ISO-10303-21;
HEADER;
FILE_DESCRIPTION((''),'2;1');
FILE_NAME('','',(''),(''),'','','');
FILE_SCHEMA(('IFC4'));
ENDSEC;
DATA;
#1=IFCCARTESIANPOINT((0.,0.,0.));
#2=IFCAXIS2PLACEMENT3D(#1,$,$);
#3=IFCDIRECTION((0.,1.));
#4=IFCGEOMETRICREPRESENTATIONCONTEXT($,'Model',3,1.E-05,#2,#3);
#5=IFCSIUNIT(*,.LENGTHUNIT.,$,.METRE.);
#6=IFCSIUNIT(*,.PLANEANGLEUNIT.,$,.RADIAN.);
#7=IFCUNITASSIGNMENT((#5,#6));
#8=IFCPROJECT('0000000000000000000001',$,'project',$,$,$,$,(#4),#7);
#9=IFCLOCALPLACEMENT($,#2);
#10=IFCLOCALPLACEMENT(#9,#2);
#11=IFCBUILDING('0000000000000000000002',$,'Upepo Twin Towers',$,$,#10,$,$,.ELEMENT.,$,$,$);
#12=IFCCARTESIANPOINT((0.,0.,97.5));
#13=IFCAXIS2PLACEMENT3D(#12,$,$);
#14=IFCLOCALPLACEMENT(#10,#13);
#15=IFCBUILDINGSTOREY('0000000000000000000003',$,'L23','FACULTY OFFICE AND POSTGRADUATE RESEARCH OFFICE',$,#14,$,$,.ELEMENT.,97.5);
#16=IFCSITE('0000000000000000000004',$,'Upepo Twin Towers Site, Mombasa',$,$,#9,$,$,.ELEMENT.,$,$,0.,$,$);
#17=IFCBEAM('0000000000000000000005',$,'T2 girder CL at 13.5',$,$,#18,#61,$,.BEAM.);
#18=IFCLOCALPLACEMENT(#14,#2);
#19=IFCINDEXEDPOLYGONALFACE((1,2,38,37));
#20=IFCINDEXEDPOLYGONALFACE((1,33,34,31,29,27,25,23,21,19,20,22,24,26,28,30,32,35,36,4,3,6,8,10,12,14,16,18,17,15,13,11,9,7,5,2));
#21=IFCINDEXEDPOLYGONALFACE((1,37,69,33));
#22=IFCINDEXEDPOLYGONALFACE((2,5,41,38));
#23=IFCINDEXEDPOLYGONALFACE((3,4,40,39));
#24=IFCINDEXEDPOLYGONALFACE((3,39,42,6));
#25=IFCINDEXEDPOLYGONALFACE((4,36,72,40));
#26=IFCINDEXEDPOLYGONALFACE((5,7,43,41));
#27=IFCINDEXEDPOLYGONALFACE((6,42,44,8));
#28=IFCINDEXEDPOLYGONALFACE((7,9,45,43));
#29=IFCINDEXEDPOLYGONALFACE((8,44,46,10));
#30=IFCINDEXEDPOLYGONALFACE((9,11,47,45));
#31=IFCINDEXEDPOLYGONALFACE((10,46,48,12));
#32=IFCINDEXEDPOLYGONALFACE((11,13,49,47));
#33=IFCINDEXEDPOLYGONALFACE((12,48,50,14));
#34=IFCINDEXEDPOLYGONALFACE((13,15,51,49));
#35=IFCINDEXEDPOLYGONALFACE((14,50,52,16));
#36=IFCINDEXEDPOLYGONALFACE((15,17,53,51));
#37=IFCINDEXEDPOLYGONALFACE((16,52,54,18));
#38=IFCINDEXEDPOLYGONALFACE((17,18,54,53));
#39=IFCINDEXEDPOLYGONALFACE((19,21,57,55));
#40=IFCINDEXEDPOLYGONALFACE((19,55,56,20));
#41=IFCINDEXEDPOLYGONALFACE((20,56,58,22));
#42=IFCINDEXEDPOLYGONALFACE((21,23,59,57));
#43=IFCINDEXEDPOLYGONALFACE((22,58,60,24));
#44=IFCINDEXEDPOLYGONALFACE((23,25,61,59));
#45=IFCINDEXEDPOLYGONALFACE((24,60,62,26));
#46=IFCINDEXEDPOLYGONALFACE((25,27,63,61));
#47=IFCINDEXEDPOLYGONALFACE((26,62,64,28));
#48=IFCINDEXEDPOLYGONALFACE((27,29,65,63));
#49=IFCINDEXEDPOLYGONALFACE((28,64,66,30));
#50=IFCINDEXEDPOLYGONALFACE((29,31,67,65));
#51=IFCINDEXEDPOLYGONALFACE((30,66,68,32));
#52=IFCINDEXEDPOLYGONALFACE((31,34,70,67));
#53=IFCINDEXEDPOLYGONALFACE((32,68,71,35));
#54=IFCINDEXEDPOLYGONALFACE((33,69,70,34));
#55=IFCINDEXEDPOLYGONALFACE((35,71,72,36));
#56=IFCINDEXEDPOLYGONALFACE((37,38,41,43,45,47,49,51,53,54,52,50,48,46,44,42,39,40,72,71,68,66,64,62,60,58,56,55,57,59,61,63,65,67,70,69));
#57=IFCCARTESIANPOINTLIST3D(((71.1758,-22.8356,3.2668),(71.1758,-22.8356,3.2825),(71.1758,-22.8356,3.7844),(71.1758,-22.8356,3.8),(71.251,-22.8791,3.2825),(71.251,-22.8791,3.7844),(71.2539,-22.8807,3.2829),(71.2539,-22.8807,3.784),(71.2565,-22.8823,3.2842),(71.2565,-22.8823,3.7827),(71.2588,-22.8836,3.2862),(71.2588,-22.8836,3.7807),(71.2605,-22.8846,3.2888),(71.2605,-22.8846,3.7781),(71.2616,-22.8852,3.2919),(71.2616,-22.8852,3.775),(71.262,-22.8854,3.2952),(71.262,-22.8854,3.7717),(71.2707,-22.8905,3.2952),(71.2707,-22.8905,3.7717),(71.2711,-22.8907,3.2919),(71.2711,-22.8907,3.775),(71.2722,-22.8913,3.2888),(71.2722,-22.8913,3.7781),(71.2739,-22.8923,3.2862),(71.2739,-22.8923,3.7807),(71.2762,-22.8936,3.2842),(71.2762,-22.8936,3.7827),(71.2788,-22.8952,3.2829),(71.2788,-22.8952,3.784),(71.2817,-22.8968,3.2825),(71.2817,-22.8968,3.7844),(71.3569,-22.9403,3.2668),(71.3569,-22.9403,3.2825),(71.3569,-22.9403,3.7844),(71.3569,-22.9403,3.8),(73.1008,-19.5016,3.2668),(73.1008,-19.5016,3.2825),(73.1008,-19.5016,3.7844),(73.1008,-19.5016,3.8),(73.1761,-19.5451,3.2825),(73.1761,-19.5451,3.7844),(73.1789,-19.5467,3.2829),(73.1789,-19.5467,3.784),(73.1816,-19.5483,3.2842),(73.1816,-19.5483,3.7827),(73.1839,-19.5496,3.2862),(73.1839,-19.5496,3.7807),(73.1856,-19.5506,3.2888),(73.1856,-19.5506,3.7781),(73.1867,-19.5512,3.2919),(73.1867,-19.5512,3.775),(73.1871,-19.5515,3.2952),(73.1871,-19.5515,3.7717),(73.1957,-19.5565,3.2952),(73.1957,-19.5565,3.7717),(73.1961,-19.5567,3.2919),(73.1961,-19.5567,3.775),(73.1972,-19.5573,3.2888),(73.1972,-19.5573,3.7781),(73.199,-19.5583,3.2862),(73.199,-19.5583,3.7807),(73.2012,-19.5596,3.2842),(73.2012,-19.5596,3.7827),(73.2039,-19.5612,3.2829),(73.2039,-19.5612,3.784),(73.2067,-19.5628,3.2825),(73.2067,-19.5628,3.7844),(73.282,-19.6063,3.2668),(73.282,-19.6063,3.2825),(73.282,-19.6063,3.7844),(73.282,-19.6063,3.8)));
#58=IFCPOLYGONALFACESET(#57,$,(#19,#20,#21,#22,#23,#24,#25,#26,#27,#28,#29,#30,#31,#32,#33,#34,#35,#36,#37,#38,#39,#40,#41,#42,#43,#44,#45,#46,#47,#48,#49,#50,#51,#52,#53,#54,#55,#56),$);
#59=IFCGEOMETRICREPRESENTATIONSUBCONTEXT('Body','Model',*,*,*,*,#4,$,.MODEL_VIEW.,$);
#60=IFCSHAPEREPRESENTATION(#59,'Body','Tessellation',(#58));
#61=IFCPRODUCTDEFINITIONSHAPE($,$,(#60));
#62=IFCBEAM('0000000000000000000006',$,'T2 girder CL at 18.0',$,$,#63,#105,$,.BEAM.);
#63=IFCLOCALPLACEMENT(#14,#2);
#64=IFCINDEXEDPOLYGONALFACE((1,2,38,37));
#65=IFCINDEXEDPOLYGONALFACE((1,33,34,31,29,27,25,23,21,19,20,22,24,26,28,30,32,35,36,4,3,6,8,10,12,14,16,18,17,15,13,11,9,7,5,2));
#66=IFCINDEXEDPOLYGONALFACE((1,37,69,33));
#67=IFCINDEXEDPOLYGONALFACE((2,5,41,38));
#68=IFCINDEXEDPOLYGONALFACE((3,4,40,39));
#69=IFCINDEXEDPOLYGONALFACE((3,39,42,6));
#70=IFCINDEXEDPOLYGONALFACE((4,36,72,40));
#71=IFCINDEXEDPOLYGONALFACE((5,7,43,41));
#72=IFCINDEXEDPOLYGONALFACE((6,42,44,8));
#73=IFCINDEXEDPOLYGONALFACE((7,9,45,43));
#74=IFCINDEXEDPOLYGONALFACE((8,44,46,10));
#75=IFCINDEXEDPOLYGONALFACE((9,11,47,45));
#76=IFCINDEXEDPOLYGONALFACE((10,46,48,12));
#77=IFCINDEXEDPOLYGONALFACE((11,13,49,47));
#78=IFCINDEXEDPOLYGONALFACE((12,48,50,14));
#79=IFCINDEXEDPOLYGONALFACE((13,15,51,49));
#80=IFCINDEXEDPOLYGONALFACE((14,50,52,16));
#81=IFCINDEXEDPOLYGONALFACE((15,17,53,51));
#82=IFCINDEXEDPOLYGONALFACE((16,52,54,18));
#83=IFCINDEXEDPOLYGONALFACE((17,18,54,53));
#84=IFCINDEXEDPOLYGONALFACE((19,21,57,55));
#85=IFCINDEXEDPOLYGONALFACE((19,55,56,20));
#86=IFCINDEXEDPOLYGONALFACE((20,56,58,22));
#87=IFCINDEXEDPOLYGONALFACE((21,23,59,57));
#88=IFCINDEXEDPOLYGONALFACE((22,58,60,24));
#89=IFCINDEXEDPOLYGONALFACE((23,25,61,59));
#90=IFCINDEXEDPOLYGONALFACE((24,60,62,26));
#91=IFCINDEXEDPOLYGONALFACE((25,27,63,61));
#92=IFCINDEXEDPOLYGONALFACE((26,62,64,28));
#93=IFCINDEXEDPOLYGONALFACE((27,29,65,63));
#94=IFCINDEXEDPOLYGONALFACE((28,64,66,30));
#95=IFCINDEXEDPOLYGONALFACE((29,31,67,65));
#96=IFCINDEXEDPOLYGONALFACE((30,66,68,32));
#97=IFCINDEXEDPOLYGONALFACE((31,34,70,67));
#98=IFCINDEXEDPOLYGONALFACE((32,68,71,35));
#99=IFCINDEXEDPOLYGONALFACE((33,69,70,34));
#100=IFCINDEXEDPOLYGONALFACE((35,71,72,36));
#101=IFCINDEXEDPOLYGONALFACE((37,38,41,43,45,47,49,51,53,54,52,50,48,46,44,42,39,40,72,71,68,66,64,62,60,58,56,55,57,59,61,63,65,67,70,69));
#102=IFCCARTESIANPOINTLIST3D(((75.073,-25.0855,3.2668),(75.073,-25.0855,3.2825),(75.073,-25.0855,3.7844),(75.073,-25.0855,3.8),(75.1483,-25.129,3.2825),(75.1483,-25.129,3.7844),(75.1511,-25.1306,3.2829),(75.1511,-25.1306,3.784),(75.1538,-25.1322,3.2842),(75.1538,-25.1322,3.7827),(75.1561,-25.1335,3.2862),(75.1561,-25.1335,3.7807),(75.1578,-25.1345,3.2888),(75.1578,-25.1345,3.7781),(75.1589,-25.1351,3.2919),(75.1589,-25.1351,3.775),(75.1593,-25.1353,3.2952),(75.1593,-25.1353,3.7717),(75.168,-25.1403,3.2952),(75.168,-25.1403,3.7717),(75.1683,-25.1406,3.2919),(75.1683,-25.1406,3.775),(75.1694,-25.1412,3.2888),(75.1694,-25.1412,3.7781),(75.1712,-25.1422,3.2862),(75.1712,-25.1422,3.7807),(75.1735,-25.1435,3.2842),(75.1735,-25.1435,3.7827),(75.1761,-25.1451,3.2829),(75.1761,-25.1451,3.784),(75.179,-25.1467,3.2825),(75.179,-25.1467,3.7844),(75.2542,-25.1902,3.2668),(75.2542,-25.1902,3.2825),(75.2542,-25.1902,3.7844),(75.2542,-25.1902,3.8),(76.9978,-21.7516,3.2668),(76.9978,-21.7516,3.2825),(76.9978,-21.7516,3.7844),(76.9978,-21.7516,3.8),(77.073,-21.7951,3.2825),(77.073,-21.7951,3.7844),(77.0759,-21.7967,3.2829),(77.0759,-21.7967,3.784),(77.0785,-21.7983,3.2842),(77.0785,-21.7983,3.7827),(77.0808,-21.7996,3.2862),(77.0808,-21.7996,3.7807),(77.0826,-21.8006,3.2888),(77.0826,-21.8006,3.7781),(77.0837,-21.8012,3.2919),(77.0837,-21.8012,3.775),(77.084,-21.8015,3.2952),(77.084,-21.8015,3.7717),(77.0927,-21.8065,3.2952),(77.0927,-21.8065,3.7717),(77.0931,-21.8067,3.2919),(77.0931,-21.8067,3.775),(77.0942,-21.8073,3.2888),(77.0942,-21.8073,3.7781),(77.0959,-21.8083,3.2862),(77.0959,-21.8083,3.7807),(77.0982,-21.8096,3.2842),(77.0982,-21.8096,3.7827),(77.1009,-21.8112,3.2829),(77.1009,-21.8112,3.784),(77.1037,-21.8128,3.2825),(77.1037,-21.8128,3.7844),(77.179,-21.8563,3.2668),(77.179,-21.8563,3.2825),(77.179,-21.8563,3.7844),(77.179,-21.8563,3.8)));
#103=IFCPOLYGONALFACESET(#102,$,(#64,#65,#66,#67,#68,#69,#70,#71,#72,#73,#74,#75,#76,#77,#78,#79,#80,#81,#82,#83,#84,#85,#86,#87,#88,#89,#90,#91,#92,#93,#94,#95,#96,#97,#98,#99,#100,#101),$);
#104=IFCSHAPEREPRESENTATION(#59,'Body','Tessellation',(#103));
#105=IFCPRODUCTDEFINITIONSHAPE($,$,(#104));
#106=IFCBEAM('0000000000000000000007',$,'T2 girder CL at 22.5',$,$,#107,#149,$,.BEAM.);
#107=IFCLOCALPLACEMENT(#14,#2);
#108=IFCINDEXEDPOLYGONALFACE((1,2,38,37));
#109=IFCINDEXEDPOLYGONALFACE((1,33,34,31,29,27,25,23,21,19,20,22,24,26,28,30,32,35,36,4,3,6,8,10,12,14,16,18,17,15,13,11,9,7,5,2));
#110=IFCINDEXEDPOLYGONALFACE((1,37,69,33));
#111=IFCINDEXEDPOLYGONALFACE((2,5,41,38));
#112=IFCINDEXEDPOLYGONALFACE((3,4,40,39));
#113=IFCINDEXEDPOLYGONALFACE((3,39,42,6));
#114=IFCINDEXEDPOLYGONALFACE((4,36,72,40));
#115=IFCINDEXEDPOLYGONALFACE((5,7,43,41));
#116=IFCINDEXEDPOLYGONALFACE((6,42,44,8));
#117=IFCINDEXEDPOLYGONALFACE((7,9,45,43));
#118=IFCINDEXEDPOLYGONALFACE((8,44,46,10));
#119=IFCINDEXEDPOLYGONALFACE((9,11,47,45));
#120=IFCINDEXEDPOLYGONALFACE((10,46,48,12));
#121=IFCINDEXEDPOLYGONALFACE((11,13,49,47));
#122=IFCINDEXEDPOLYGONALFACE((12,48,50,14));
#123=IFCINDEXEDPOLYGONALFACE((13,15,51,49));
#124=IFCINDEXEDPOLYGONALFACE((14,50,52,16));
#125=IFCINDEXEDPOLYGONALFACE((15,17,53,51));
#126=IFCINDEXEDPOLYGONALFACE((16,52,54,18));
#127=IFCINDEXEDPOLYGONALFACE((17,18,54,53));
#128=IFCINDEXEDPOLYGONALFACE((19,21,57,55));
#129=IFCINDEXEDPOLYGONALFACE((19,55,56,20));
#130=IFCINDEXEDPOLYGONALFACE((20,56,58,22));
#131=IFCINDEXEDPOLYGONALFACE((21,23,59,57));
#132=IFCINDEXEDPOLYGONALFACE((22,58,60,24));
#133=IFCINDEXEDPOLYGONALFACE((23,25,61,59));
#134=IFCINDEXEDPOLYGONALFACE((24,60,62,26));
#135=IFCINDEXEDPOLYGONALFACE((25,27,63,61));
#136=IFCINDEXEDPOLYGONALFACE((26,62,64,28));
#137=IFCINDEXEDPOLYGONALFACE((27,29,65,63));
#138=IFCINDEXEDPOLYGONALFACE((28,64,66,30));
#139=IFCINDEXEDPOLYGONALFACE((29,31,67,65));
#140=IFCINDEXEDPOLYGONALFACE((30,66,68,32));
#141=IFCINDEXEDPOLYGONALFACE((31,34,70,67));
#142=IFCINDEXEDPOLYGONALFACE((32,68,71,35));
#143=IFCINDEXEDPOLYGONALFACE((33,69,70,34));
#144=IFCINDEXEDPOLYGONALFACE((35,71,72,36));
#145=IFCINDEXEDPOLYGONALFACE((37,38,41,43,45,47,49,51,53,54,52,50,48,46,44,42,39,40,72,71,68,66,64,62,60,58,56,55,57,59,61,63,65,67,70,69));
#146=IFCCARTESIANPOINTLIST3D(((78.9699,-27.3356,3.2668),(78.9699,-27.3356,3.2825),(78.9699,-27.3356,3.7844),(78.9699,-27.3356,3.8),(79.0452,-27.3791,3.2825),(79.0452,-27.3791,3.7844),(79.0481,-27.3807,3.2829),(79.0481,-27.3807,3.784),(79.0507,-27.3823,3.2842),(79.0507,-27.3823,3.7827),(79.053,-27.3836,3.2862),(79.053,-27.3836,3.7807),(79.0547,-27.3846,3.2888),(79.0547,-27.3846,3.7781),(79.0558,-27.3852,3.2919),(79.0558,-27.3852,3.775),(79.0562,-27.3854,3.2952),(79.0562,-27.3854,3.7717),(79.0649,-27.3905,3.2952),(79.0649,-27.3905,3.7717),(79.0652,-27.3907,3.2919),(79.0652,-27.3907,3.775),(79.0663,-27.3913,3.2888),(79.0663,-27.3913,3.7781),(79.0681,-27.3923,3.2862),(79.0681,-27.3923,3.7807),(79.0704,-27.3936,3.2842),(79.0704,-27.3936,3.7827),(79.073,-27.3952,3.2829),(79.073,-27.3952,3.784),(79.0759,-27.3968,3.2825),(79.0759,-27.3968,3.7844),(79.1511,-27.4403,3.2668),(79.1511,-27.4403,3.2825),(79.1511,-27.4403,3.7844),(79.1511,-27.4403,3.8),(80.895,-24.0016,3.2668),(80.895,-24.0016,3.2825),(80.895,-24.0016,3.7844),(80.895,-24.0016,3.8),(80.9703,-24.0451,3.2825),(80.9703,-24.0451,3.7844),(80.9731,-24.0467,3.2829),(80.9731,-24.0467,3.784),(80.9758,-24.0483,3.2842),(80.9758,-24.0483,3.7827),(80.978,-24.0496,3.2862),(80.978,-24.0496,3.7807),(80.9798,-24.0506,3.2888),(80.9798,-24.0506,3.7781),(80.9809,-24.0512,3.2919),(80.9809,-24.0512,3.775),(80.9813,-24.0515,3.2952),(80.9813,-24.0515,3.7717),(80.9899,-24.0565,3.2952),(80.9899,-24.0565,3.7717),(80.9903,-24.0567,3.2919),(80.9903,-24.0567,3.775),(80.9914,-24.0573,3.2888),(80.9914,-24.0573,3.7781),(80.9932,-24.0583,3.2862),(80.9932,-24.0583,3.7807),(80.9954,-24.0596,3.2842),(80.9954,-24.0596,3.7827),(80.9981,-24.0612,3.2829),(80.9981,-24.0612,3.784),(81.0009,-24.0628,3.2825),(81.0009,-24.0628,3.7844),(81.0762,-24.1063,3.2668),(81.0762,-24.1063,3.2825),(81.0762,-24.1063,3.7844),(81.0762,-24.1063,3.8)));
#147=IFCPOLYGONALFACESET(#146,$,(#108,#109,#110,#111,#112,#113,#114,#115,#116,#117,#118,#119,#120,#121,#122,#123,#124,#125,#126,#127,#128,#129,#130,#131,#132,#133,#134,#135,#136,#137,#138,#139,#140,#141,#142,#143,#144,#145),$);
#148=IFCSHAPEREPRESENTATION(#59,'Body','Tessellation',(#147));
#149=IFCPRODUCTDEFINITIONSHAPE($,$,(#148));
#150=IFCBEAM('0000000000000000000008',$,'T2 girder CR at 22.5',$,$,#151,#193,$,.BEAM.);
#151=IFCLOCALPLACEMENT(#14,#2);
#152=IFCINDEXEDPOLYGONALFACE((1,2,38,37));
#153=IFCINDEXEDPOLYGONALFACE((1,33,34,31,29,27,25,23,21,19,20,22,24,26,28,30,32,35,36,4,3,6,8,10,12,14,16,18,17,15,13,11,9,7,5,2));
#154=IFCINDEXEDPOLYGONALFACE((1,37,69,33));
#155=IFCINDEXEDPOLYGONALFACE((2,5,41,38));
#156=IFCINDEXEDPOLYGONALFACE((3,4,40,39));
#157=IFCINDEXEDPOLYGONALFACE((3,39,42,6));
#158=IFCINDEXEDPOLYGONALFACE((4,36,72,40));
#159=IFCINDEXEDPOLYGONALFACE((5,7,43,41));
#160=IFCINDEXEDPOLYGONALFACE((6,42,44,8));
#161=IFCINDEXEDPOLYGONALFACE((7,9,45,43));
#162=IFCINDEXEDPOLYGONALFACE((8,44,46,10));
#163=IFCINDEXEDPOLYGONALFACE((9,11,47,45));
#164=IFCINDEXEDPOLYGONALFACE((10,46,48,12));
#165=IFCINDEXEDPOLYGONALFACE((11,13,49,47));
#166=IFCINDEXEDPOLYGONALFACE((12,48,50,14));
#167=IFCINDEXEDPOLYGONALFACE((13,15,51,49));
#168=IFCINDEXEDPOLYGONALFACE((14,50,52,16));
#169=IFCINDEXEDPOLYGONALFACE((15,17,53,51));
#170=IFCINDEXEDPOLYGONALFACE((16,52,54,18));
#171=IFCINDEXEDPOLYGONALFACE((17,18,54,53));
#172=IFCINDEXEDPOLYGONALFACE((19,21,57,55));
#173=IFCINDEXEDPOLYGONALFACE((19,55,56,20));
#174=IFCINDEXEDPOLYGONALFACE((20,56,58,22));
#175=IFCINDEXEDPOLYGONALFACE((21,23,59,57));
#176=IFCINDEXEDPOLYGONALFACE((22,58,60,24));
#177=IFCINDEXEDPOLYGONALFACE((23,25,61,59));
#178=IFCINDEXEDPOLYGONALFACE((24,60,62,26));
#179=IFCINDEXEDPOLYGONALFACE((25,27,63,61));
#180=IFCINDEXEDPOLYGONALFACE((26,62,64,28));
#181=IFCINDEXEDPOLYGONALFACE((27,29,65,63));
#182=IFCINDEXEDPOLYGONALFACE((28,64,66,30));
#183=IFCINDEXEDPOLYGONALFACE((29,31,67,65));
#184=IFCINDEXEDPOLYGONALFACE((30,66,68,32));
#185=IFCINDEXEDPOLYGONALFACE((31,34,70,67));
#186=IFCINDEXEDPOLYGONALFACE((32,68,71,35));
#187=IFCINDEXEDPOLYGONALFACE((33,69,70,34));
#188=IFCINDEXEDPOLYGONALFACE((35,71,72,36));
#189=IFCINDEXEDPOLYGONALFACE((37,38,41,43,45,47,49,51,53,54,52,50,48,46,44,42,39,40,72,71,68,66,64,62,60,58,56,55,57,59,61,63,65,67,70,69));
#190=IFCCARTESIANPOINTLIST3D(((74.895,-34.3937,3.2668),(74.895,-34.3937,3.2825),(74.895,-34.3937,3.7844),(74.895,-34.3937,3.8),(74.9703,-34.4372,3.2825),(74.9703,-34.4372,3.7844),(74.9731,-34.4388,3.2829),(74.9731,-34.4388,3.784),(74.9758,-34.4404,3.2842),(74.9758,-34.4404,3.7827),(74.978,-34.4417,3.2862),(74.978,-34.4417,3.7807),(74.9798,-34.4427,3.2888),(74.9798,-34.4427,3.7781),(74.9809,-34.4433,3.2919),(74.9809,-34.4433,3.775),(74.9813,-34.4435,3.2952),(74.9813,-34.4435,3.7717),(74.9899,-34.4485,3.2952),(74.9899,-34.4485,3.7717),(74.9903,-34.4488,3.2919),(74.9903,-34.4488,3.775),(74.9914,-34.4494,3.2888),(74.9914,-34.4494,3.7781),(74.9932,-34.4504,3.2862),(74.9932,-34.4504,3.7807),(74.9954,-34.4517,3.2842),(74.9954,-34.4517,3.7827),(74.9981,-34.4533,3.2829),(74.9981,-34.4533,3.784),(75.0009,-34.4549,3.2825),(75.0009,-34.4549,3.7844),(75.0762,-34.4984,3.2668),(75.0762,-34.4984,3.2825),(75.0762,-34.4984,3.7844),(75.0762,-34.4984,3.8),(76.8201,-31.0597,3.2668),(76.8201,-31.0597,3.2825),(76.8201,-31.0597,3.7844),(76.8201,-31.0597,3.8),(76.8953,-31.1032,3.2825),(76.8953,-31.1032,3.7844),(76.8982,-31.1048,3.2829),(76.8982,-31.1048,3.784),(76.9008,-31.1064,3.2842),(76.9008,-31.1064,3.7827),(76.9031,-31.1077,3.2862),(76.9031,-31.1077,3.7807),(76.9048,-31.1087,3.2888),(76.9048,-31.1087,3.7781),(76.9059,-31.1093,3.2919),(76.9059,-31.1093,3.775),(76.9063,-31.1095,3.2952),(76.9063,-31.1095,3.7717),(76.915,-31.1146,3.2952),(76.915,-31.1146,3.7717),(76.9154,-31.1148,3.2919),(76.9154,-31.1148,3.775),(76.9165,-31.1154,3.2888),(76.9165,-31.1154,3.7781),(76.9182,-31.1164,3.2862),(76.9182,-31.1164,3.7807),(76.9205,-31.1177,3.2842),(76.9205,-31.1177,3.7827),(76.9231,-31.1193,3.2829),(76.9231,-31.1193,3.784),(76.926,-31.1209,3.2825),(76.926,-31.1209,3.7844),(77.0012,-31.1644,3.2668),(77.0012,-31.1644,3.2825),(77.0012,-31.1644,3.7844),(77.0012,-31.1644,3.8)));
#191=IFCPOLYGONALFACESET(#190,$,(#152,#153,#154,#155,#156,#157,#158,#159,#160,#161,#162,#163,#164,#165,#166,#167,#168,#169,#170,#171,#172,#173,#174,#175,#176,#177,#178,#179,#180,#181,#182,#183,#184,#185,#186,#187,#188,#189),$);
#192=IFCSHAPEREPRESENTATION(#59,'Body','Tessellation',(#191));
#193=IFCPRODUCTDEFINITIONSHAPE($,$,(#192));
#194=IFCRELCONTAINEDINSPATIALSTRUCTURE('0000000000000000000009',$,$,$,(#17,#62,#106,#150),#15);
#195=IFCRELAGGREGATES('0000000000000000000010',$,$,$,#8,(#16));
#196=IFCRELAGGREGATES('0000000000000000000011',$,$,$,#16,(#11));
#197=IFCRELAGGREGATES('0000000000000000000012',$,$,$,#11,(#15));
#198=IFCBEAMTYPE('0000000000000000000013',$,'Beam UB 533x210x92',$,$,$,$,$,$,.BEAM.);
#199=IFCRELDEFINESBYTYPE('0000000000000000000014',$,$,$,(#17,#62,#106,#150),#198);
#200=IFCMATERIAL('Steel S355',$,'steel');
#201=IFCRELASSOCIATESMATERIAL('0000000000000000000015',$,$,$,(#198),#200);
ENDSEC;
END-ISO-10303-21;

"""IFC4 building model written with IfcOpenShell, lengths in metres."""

from ifc_helpers import new_model, si_unit, direction, frame, origin, origin_2d, place, context, subcontext, project, spatial, i_section, extrude, material, material_profile, profile_set, type_object, element, save


model = new_model("IFC4")

# Units and contexts
model_context = context("Model", 3, precision=1e-05, world=origin(), true_north=direction((0.0, 1.0)))
body_context = subcontext(model_context, "Body", "Model", "MODEL_VIEW")
ifc_project = project(units=[si_unit("LENGTHUNIT", "METRE"), si_unit("PLANEANGLEUNIT", "RADIAN")], contexts=[model_context])

# Site, building, storey
site_placement = place(None, origin())
site = spatial("IfcSite", under=ifc_project, at=site_placement, Name="Upepo Twin Towers Site, Mombasa", CompositionType="ELEMENT", RefElevation=0.0)
building_placement = place(site_placement, origin())
building = spatial("IfcBuilding", under=site, at=building_placement, Name="Upepo Twin Towers", CompositionType="ELEMENT")
storey_placement = place(building_placement, frame((0.0, 0.0, 97.5)))
storey = spatial("IfcBuildingStorey", under=building, at=storey_placement, Name="L23", Description="FACULTY OFFICE AND POSTGRADUATE RESEARCH OFFICE", CompositionType="ELEMENT", Elevation=97.5)

# Beams
ifc_material_1 = material(Name="Steel S355", Category="steel")
ifc_material_profile_1 = material_profile(ifc_material_1, i_section(OverallWidth=0.2092, OverallDepth=0.5332, WebThickness=0.01, FlangeThickness=0.0156, FilletRadius=0.0127, at=origin_2d()), Name="UB 533x210x92")
ifc_profile_set_1 = profile_set([ifc_material_profile_1], Name="Steel S355")
beam_type_1 = type_object("IfcBeamType", Name="Beam UB 533x210x92", PredefinedType="BEAM", material=ifc_profile_set_1)
beam_1_placement = place(storey_placement, frame((73.1914, -19.554, 3.5334), z_axis=(-0.500034, -0.866006, 0.0), x_axis=(0.866006, -0.500034, 0.0)))
element("IfcBeam", 1, at=beam_1_placement, inside=storey, type_object=beam_type_1, Name="T2 girder CL at 13.5", PredefinedType="BEAM", context=body_context, shape_type="SweptSolid", body=[
    extrude(i_section(OverallWidth=0.2092, OverallDepth=0.5332, WebThickness=0.01, FlangeThickness=0.0156, FilletRadius=0.0127, at=origin_2d()), origin(), (0.0, 0.0, 1.0), 3.8499),
])
beam_2_placement = place(storey_placement, frame((77.0884, -21.804, 3.5334), z_axis=(-0.499986, -0.866034, 0.0), x_axis=(0.866034, -0.499986, 0.0)))
element("IfcBeam", 2, at=beam_2_placement, inside=storey, type_object=beam_type_1, Name="T2 girder CL at 18.0", PredefinedType="BEAM", context=body_context, shape_type="SweptSolid", body=[
    extrude(i_section(OverallWidth=0.2092, OverallDepth=0.5332, WebThickness=0.01, FlangeThickness=0.0156, FilletRadius=0.0127, at=origin_2d()), origin(), (0.0, 0.0, 1.0), 3.8496),
])
for number, where, z_axis, x_axis, name in (
    (3, (80.9856, -24.054, 3.5334), (-0.500034, -0.866006, 0.0), (0.866006, -0.500034, 0.0), "T2 girder CL at 22.5"),
    (4, (74.9856, -34.446, 3.5334), (0.500034, 0.866006, 0.0), (-0.866006, 0.500034, 0.0), "T2 girder CR at 22.5"),
):
    element("IfcBeam", number, at=place(storey_placement, frame(where, z_axis=z_axis, x_axis=x_axis)), inside=storey, type_object=beam_type_1, Name=name, PredefinedType="BEAM", context=body_context, shape_type="SweptSolid", body=[
        extrude(i_section(OverallWidth=0.2092, OverallDepth=0.5332, WebThickness=0.01, FlangeThickness=0.0156, FilletRadius=0.0127, at=origin_2d()), origin(), (0.0, 0.0, 1.0), 3.8499),
    ])

save(model, "model.ifc")
